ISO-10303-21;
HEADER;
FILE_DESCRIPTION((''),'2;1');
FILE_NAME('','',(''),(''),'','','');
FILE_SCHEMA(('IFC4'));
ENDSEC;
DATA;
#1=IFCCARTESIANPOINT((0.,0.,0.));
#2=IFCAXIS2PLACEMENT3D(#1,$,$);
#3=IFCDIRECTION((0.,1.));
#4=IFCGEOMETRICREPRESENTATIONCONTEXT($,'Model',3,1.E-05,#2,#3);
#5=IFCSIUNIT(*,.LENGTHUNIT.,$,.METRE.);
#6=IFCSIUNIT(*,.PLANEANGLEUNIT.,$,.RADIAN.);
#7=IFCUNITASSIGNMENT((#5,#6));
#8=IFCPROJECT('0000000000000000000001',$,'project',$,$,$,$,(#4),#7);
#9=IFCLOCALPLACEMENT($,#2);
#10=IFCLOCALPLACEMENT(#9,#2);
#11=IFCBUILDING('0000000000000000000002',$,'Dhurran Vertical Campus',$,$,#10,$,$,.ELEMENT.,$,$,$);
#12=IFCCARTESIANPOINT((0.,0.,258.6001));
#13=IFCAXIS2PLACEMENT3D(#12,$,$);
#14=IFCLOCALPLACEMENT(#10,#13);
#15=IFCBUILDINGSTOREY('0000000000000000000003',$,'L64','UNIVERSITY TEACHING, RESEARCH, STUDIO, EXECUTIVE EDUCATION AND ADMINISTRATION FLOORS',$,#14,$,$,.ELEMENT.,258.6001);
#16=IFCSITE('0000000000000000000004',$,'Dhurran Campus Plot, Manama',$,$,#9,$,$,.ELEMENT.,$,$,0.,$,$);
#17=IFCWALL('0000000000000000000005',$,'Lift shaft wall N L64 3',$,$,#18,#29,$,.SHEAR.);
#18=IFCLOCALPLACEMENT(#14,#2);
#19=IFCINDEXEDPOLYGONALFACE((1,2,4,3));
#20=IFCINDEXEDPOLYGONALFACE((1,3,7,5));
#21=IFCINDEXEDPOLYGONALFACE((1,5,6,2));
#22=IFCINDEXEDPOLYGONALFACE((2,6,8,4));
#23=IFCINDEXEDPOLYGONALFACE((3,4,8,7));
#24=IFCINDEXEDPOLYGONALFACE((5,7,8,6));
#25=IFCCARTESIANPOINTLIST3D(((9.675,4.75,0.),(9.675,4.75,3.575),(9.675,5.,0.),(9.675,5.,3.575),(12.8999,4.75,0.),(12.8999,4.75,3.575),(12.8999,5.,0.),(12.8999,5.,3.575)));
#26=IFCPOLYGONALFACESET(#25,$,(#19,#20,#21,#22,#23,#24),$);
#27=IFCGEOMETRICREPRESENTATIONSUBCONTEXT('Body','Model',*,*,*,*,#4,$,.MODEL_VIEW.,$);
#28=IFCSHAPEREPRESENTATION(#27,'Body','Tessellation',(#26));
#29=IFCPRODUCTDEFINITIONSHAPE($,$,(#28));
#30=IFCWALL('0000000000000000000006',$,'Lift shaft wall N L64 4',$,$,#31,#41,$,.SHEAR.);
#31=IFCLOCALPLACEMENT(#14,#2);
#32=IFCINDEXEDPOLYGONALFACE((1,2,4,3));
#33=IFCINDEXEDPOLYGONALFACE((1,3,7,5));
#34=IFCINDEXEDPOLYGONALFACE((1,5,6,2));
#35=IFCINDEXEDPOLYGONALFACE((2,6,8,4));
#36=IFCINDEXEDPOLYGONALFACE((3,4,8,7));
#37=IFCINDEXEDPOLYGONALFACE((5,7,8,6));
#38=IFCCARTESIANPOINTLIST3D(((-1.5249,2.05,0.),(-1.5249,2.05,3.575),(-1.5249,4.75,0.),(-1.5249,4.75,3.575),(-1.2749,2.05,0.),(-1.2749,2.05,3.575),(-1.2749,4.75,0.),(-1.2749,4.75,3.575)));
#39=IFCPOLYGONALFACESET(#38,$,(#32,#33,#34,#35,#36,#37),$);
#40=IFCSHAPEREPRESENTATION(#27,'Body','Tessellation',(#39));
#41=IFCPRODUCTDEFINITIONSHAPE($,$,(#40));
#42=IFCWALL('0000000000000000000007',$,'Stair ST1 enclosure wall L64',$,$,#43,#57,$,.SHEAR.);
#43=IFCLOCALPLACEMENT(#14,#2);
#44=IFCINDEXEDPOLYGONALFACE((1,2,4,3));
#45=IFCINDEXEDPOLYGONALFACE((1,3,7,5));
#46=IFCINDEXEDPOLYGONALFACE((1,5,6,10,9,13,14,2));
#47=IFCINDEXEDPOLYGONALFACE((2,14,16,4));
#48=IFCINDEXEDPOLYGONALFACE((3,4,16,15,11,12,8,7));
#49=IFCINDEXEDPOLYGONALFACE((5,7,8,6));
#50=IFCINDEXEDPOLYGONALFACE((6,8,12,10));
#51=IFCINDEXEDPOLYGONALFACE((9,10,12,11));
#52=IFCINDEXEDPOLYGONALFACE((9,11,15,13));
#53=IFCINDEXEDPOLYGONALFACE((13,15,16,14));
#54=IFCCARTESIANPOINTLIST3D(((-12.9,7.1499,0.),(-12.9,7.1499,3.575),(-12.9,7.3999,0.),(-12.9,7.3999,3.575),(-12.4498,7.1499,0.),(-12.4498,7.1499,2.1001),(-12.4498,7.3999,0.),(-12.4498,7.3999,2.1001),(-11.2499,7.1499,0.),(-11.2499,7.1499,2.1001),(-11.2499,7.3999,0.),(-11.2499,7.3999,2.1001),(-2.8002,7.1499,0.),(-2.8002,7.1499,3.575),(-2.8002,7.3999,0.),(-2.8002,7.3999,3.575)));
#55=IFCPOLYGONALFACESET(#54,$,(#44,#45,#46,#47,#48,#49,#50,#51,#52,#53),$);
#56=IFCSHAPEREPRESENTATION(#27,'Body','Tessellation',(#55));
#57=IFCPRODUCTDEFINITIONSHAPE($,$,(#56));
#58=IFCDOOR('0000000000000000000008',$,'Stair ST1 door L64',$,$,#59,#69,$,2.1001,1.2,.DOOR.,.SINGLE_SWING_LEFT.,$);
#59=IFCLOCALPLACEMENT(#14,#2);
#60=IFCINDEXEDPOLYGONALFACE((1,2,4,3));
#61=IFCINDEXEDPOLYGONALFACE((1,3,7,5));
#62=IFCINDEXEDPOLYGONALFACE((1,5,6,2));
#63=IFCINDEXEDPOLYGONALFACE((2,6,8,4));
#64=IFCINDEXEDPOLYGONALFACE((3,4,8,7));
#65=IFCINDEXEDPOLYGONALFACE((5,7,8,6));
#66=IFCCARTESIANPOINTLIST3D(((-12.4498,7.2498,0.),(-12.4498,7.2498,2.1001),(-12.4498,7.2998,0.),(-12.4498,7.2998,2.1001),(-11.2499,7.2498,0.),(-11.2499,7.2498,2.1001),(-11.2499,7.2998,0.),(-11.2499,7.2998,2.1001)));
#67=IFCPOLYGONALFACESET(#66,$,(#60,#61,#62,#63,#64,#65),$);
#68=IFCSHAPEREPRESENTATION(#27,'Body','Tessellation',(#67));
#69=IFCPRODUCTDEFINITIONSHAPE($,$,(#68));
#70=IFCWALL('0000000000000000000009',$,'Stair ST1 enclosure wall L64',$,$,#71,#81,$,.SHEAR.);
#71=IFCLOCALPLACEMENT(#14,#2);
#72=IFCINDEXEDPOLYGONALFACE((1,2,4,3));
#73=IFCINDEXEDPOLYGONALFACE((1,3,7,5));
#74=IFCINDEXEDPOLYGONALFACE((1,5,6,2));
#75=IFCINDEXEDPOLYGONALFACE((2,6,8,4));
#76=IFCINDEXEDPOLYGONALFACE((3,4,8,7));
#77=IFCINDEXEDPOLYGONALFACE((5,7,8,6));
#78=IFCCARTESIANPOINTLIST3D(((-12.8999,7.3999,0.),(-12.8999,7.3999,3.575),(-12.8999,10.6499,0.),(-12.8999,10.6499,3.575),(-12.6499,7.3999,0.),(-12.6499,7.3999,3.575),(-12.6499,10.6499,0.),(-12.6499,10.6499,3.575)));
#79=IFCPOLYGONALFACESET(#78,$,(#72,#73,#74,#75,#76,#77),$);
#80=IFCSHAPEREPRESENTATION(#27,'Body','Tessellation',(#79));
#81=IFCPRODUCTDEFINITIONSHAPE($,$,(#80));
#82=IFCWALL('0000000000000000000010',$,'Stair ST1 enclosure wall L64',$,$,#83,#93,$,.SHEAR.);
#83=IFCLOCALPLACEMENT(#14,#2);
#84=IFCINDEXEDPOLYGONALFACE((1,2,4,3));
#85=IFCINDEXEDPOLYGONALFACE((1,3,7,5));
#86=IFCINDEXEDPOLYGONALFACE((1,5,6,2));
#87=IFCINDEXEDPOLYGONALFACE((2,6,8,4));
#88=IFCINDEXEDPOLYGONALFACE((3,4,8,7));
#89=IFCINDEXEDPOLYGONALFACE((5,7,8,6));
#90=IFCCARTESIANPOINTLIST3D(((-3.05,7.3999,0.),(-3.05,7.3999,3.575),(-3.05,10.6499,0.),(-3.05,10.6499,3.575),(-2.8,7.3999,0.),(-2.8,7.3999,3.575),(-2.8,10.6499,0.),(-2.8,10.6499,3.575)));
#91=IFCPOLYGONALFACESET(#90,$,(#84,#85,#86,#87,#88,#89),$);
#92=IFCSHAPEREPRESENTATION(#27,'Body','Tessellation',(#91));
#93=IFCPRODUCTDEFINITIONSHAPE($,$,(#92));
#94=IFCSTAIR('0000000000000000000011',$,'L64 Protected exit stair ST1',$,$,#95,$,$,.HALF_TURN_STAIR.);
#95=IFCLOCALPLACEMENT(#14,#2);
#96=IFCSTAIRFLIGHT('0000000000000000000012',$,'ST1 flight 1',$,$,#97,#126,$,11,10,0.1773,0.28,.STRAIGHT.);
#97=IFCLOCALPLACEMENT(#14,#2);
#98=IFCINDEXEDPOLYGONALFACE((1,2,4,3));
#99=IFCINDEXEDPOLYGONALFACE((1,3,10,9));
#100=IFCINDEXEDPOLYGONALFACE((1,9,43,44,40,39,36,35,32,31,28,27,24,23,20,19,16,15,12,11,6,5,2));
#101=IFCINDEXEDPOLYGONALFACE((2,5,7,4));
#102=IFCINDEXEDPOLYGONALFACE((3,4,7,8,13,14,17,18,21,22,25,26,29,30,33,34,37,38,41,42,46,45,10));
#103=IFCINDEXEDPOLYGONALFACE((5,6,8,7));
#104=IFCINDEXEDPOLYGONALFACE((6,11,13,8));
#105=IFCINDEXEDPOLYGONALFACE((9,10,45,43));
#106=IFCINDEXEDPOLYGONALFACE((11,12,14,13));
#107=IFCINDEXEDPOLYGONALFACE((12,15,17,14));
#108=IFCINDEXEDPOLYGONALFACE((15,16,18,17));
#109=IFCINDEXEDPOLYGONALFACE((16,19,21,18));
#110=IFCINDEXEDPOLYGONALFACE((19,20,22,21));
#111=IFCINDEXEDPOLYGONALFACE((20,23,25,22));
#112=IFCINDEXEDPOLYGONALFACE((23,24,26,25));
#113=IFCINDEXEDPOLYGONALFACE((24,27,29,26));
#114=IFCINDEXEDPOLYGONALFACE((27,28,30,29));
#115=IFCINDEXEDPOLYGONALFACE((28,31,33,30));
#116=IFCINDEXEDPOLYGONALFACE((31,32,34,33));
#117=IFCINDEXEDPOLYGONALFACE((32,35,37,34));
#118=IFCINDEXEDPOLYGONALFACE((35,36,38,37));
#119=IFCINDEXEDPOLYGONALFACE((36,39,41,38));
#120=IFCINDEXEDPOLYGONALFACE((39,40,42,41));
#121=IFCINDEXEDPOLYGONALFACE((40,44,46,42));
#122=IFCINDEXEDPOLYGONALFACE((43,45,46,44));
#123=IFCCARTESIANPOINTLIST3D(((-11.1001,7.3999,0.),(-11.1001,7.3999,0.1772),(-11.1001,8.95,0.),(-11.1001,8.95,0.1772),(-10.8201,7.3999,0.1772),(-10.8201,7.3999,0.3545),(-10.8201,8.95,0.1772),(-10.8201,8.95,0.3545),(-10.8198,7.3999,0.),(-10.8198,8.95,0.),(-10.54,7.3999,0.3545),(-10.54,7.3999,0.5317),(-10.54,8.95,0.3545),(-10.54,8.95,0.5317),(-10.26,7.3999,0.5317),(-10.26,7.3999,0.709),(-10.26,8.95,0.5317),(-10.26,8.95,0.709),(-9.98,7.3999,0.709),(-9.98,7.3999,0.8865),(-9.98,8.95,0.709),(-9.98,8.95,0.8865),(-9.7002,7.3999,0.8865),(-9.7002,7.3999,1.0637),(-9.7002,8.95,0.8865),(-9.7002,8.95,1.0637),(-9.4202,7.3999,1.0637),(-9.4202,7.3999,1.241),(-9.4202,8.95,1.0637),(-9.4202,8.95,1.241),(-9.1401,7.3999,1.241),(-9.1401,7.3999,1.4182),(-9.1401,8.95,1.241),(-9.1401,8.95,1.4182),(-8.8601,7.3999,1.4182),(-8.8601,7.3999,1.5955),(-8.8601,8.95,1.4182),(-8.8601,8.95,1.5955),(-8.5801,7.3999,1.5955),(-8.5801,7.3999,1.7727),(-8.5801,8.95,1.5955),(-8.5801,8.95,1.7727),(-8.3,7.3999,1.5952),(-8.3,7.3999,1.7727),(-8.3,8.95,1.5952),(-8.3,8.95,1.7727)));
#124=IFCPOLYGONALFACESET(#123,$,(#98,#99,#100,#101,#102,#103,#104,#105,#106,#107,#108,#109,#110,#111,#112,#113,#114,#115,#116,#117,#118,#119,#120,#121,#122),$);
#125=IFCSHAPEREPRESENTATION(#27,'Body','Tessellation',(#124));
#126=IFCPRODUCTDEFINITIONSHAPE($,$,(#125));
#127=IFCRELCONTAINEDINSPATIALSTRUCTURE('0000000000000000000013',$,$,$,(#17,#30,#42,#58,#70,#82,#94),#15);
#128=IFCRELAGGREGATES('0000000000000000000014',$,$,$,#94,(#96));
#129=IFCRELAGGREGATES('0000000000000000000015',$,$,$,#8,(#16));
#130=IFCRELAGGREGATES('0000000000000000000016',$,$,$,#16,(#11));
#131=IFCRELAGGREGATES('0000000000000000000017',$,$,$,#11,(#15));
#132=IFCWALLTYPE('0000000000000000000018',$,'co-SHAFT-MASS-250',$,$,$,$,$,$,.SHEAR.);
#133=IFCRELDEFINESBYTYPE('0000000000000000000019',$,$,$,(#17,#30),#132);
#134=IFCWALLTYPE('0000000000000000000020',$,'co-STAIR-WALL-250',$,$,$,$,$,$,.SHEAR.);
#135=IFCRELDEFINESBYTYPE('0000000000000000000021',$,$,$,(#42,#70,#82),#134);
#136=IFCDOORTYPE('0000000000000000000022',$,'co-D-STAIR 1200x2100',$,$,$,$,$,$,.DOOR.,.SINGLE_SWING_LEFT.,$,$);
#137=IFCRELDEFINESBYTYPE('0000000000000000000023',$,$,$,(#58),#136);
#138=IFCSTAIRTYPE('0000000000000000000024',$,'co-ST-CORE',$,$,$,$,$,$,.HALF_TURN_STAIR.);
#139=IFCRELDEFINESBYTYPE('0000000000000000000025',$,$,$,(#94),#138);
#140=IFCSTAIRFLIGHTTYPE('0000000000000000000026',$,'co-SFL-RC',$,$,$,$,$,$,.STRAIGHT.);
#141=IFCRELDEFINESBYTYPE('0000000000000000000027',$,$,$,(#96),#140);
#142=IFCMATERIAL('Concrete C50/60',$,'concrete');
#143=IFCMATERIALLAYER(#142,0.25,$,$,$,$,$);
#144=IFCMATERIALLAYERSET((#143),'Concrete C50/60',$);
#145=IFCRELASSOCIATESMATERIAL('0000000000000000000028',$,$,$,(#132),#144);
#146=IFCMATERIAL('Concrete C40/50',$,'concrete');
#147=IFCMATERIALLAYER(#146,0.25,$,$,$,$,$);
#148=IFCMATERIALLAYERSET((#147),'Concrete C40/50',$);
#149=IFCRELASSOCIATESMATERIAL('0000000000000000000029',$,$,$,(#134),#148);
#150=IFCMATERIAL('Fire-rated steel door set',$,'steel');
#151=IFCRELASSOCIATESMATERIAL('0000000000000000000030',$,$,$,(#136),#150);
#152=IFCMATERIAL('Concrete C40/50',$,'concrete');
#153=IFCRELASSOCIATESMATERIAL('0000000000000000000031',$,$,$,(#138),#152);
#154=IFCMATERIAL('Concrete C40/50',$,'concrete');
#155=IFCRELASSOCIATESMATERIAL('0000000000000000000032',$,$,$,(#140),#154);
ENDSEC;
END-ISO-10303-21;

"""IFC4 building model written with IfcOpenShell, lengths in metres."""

from ifc_helpers import new_model, si_unit, direction, frame, frame_2d, origin, place, context, subcontext, project, spatial, polyline, rectangle, outline, extrude, material, layer, layer_set, type_object, element, fill, aggregate, save


model = new_model("IFC4")

# Units and contexts
model_context = context("Model", 3, precision=1e-05, world=origin(), true_north=direction((0.0, 1.0)))
body_context = subcontext(model_context, "Body", "Model", "MODEL_VIEW")
ifc_project = project(units=[si_unit("LENGTHUNIT", "METRE"), si_unit("PLANEANGLEUNIT", "RADIAN")], contexts=[model_context])

# Site, building, storey
site_placement = place(None, origin())
site = spatial("IfcSite", under=ifc_project, at=site_placement, Name="Dhurran Campus Plot, Manama", CompositionType="ELEMENT", RefElevation=0.0)
building_placement = place(site_placement, origin())
building = spatial("IfcBuilding", under=site, at=building_placement, Name="Dhurran Vertical Campus", CompositionType="ELEMENT")
storey_placement = place(building_placement, frame((0.0, 0.0, 258.6001)))
storey = spatial("IfcBuildingStorey", under=building, at=storey_placement, Name="L64", Description="UNIVERSITY TEACHING, RESEARCH, STUDIO, EXECUTIVE EDUCATION AND ADMINISTRATION FLOORS", CompositionType="ELEMENT", Elevation=258.6001)

# Walls
ifc_material_1 = material(Name="Concrete C50/60", Category="concrete")
ifc_layer_1 = layer(ifc_material_1, 0.25)
ifc_layer_set_1 = layer_set([ifc_layer_1], Name="Concrete C50/60")
wall_type_1 = type_object("IfcWallType", Name="co-SHAFT-MASS-250", PredefinedType="SHEAR", material=ifc_layer_set_1)
wall_1_placement = place(storey_placement, origin())
element("IfcWall", 1, at=wall_1_placement, inside=storey, type_object=wall_type_1, Name="Lift shaft wall N L64 3", PredefinedType="SHEAR", context=body_context, shape_type="SweptSolid", body=[
    extrude(outline(polyline([(9.675, 4.75), (12.8999, 4.75), (12.8999, 5.0), (9.675, 5.0), (9.675, 4.75)])), origin(), (0.0, 0.0, 1.0), 3.575),
])
wall_2_placement = place(storey_placement, origin())
element("IfcWall", 2, at=wall_2_placement, inside=storey, type_object=wall_type_1, Name="Lift shaft wall N L64 4", PredefinedType="SHEAR", context=body_context, shape_type="SweptSolid", body=[
    extrude(outline(polyline([(-1.5249, 2.05), (-1.2749, 2.05), (-1.2749, 4.75), (-1.5249, 4.75), (-1.5249, 2.05)])), origin(), (0.0, 0.0, 1.0), 3.575),
])

# Wall, opening, door
ifc_material_2 = material(Name="Concrete C40/50", Category="concrete")
ifc_layer_2 = layer(ifc_material_2, 0.25)
ifc_layer_set_2 = layer_set([ifc_layer_2], Name="Concrete C40/50")
wall_type_2 = type_object("IfcWallType", Name="co-STAIR-WALL-250", PredefinedType="SHEAR", material=ifc_layer_set_2)
wall_3_placement = place(storey_placement, frame((-12.8999, 7.2749, 0.0), z_axis=(0.0, 0.0, 1.0), x_axis=(1.0, 0.0, 0.0)))
wall_3 = element("IfcWall", 3, at=wall_3_placement, inside=storey, type_object=wall_type_2, Name="Stair ST1 enclosure wall L64", PredefinedType="SHEAR", context=body_context, shape_type="SweptSolid", body=[
    extrude(rectangle(XDim=10.0999, YDim=0.25, at=frame_2d((5.0498, 0.0))), origin(), (0.0, 0.0, 1.0), 3.575),
])
opening_1_placement = place(wall_3_placement, frame((0.45, 0.0, 0.0)))
opening_1 = element("IfcOpeningElement", 4, at=opening_1_placement, cuts=wall_3, PredefinedType="OPENING", context=body_context, shape_type="SweptSolid", body=[
    extrude(rectangle(XDim=1.2, YDim=2.1001, at=frame_2d((0.6001, 1.05))), frame((0.0, 0.135, 0.0), z_axis=(0.0, -1.0, 0.0), x_axis=(1.0, 0.0, 0.0)), (0.0, 0.0, 1.0), 0.27),
])
ifc_material_3 = material(Name="Fire-rated steel door set", Category="steel")
door_type_1 = type_object("IfcDoorType", Name="co-D-STAIR 1200x2100", OperationType="SINGLE_SWING_LEFT", PredefinedType="DOOR", material=ifc_material_3)
door_1_placement = place(opening_1_placement, origin())
door_1 = element("IfcDoor", 5, at=door_1_placement, inside=storey, type_object=door_type_1, Name="Stair ST1 door L64", OperationType="SINGLE_SWING_LEFT", OverallHeight=2.1001, OverallWidth=1.2, PredefinedType="DOOR", context=body_context, shape_type="SweptSolid", body=[
    extrude(rectangle(XDim=1.2, YDim=2.1001, at=frame_2d((0.6001, 1.05))), frame((0.0, 0.0249, 0.0), z_axis=(0.0, -1.0, 0.0), x_axis=(1.0, 0.0, 0.0)), (0.0, 0.0, 1.0), 0.05),
])
fill(opening_1, door_1)

# Walls
for number, where, z_axis, x_axis, name in (
    (6, (-12.7749, 7.3999, 0.0), (0.0, 0.0, 1.0), (0.0, 1.0, 0.0), "Stair ST1 enclosure wall L64"),
    (7, (-2.925, 7.3999, 0.0), (0.0, 0.0, 1.0), (0.0, 1.0, 0.0), "Stair ST1 enclosure wall L64"),
):
    element("IfcWall", number, at=place(storey_placement, frame(where, z_axis=z_axis, x_axis=x_axis)), inside=storey, type_object=wall_type_2, Name=name, PredefinedType="SHEAR", context=body_context, shape_type="SweptSolid", body=[
        extrude(rectangle(XDim=3.25, YDim=0.25, at=frame_2d((1.625, 0.0))), origin(), (0.0, 0.0, 1.0), 3.575),
    ])

# Stair, stair flight
ifc_material_4 = material(Name="Concrete C40/50", Category="concrete")
stair_type = type_object("IfcStairType", Name="co-ST-CORE", PredefinedType="HALF_TURN_STAIR", material=ifc_material_4)
stair_placement = place(storey_placement, origin())
stair = element("IfcStair", 8, at=stair_placement, inside=storey, type_object=stair_type, Name="L64 Protected exit stair ST1", PredefinedType="HALF_TURN_STAIR")
ifc_material_5 = material(Name="Concrete C40/50", Category="concrete")
stair_flight_type = type_object("IfcStairFlightType", Name="co-SFL-RC", PredefinedType="STRAIGHT", material=ifc_material_5)
stair_flight_placement = place(storey_placement, frame((-11.1001, 8.175, 0.0), z_axis=(0.0, 0.0, 1.0), x_axis=(1.0, 0.0, 0.0)))
stair_flight = element("IfcStairFlight", 9, at=stair_flight_placement, type_object=stair_flight_type, Name="ST1 flight 1", NumberOfRisers=11, NumberOfTreads=10, PredefinedType="STRAIGHT", RiserHeight=0.1773, TreadLength=0.28, context=body_context, shape_type="SweptSolid", body=[
    extrude(outline(polyline([(0.0, 0.0), (0.0, 0.1772), (0.28, 0.1772), (0.28, 0.3545), (0.5601, 0.3545), (0.5601, 0.5317), (0.8401, 0.5317), (0.8401, 0.709), (1.1201, 0.709), (1.1201, 0.8865), (1.3999, 0.8865), (1.3999, 1.0637), (1.6799, 1.0637), (1.6799, 1.241), (1.96, 1.241), (1.96, 1.4182), (2.24, 1.4182), (2.24, 1.5955), (2.52, 1.5955), (2.52, 1.7727), (2.8, 1.7727), (2.8, 1.95), (2.8, 1.5952), (0.2803, 0.0), (0.0, 0.0)])), frame((0.0, 0.7749, 0.0), z_axis=(0.0, -1.0, 0.0), x_axis=(1.0, 0.0, 0.0)), (0.0, 0.0, 1.0), 1.55),
])
aggregate(stair, [stair_flight])

save(model, "model.ifc")
